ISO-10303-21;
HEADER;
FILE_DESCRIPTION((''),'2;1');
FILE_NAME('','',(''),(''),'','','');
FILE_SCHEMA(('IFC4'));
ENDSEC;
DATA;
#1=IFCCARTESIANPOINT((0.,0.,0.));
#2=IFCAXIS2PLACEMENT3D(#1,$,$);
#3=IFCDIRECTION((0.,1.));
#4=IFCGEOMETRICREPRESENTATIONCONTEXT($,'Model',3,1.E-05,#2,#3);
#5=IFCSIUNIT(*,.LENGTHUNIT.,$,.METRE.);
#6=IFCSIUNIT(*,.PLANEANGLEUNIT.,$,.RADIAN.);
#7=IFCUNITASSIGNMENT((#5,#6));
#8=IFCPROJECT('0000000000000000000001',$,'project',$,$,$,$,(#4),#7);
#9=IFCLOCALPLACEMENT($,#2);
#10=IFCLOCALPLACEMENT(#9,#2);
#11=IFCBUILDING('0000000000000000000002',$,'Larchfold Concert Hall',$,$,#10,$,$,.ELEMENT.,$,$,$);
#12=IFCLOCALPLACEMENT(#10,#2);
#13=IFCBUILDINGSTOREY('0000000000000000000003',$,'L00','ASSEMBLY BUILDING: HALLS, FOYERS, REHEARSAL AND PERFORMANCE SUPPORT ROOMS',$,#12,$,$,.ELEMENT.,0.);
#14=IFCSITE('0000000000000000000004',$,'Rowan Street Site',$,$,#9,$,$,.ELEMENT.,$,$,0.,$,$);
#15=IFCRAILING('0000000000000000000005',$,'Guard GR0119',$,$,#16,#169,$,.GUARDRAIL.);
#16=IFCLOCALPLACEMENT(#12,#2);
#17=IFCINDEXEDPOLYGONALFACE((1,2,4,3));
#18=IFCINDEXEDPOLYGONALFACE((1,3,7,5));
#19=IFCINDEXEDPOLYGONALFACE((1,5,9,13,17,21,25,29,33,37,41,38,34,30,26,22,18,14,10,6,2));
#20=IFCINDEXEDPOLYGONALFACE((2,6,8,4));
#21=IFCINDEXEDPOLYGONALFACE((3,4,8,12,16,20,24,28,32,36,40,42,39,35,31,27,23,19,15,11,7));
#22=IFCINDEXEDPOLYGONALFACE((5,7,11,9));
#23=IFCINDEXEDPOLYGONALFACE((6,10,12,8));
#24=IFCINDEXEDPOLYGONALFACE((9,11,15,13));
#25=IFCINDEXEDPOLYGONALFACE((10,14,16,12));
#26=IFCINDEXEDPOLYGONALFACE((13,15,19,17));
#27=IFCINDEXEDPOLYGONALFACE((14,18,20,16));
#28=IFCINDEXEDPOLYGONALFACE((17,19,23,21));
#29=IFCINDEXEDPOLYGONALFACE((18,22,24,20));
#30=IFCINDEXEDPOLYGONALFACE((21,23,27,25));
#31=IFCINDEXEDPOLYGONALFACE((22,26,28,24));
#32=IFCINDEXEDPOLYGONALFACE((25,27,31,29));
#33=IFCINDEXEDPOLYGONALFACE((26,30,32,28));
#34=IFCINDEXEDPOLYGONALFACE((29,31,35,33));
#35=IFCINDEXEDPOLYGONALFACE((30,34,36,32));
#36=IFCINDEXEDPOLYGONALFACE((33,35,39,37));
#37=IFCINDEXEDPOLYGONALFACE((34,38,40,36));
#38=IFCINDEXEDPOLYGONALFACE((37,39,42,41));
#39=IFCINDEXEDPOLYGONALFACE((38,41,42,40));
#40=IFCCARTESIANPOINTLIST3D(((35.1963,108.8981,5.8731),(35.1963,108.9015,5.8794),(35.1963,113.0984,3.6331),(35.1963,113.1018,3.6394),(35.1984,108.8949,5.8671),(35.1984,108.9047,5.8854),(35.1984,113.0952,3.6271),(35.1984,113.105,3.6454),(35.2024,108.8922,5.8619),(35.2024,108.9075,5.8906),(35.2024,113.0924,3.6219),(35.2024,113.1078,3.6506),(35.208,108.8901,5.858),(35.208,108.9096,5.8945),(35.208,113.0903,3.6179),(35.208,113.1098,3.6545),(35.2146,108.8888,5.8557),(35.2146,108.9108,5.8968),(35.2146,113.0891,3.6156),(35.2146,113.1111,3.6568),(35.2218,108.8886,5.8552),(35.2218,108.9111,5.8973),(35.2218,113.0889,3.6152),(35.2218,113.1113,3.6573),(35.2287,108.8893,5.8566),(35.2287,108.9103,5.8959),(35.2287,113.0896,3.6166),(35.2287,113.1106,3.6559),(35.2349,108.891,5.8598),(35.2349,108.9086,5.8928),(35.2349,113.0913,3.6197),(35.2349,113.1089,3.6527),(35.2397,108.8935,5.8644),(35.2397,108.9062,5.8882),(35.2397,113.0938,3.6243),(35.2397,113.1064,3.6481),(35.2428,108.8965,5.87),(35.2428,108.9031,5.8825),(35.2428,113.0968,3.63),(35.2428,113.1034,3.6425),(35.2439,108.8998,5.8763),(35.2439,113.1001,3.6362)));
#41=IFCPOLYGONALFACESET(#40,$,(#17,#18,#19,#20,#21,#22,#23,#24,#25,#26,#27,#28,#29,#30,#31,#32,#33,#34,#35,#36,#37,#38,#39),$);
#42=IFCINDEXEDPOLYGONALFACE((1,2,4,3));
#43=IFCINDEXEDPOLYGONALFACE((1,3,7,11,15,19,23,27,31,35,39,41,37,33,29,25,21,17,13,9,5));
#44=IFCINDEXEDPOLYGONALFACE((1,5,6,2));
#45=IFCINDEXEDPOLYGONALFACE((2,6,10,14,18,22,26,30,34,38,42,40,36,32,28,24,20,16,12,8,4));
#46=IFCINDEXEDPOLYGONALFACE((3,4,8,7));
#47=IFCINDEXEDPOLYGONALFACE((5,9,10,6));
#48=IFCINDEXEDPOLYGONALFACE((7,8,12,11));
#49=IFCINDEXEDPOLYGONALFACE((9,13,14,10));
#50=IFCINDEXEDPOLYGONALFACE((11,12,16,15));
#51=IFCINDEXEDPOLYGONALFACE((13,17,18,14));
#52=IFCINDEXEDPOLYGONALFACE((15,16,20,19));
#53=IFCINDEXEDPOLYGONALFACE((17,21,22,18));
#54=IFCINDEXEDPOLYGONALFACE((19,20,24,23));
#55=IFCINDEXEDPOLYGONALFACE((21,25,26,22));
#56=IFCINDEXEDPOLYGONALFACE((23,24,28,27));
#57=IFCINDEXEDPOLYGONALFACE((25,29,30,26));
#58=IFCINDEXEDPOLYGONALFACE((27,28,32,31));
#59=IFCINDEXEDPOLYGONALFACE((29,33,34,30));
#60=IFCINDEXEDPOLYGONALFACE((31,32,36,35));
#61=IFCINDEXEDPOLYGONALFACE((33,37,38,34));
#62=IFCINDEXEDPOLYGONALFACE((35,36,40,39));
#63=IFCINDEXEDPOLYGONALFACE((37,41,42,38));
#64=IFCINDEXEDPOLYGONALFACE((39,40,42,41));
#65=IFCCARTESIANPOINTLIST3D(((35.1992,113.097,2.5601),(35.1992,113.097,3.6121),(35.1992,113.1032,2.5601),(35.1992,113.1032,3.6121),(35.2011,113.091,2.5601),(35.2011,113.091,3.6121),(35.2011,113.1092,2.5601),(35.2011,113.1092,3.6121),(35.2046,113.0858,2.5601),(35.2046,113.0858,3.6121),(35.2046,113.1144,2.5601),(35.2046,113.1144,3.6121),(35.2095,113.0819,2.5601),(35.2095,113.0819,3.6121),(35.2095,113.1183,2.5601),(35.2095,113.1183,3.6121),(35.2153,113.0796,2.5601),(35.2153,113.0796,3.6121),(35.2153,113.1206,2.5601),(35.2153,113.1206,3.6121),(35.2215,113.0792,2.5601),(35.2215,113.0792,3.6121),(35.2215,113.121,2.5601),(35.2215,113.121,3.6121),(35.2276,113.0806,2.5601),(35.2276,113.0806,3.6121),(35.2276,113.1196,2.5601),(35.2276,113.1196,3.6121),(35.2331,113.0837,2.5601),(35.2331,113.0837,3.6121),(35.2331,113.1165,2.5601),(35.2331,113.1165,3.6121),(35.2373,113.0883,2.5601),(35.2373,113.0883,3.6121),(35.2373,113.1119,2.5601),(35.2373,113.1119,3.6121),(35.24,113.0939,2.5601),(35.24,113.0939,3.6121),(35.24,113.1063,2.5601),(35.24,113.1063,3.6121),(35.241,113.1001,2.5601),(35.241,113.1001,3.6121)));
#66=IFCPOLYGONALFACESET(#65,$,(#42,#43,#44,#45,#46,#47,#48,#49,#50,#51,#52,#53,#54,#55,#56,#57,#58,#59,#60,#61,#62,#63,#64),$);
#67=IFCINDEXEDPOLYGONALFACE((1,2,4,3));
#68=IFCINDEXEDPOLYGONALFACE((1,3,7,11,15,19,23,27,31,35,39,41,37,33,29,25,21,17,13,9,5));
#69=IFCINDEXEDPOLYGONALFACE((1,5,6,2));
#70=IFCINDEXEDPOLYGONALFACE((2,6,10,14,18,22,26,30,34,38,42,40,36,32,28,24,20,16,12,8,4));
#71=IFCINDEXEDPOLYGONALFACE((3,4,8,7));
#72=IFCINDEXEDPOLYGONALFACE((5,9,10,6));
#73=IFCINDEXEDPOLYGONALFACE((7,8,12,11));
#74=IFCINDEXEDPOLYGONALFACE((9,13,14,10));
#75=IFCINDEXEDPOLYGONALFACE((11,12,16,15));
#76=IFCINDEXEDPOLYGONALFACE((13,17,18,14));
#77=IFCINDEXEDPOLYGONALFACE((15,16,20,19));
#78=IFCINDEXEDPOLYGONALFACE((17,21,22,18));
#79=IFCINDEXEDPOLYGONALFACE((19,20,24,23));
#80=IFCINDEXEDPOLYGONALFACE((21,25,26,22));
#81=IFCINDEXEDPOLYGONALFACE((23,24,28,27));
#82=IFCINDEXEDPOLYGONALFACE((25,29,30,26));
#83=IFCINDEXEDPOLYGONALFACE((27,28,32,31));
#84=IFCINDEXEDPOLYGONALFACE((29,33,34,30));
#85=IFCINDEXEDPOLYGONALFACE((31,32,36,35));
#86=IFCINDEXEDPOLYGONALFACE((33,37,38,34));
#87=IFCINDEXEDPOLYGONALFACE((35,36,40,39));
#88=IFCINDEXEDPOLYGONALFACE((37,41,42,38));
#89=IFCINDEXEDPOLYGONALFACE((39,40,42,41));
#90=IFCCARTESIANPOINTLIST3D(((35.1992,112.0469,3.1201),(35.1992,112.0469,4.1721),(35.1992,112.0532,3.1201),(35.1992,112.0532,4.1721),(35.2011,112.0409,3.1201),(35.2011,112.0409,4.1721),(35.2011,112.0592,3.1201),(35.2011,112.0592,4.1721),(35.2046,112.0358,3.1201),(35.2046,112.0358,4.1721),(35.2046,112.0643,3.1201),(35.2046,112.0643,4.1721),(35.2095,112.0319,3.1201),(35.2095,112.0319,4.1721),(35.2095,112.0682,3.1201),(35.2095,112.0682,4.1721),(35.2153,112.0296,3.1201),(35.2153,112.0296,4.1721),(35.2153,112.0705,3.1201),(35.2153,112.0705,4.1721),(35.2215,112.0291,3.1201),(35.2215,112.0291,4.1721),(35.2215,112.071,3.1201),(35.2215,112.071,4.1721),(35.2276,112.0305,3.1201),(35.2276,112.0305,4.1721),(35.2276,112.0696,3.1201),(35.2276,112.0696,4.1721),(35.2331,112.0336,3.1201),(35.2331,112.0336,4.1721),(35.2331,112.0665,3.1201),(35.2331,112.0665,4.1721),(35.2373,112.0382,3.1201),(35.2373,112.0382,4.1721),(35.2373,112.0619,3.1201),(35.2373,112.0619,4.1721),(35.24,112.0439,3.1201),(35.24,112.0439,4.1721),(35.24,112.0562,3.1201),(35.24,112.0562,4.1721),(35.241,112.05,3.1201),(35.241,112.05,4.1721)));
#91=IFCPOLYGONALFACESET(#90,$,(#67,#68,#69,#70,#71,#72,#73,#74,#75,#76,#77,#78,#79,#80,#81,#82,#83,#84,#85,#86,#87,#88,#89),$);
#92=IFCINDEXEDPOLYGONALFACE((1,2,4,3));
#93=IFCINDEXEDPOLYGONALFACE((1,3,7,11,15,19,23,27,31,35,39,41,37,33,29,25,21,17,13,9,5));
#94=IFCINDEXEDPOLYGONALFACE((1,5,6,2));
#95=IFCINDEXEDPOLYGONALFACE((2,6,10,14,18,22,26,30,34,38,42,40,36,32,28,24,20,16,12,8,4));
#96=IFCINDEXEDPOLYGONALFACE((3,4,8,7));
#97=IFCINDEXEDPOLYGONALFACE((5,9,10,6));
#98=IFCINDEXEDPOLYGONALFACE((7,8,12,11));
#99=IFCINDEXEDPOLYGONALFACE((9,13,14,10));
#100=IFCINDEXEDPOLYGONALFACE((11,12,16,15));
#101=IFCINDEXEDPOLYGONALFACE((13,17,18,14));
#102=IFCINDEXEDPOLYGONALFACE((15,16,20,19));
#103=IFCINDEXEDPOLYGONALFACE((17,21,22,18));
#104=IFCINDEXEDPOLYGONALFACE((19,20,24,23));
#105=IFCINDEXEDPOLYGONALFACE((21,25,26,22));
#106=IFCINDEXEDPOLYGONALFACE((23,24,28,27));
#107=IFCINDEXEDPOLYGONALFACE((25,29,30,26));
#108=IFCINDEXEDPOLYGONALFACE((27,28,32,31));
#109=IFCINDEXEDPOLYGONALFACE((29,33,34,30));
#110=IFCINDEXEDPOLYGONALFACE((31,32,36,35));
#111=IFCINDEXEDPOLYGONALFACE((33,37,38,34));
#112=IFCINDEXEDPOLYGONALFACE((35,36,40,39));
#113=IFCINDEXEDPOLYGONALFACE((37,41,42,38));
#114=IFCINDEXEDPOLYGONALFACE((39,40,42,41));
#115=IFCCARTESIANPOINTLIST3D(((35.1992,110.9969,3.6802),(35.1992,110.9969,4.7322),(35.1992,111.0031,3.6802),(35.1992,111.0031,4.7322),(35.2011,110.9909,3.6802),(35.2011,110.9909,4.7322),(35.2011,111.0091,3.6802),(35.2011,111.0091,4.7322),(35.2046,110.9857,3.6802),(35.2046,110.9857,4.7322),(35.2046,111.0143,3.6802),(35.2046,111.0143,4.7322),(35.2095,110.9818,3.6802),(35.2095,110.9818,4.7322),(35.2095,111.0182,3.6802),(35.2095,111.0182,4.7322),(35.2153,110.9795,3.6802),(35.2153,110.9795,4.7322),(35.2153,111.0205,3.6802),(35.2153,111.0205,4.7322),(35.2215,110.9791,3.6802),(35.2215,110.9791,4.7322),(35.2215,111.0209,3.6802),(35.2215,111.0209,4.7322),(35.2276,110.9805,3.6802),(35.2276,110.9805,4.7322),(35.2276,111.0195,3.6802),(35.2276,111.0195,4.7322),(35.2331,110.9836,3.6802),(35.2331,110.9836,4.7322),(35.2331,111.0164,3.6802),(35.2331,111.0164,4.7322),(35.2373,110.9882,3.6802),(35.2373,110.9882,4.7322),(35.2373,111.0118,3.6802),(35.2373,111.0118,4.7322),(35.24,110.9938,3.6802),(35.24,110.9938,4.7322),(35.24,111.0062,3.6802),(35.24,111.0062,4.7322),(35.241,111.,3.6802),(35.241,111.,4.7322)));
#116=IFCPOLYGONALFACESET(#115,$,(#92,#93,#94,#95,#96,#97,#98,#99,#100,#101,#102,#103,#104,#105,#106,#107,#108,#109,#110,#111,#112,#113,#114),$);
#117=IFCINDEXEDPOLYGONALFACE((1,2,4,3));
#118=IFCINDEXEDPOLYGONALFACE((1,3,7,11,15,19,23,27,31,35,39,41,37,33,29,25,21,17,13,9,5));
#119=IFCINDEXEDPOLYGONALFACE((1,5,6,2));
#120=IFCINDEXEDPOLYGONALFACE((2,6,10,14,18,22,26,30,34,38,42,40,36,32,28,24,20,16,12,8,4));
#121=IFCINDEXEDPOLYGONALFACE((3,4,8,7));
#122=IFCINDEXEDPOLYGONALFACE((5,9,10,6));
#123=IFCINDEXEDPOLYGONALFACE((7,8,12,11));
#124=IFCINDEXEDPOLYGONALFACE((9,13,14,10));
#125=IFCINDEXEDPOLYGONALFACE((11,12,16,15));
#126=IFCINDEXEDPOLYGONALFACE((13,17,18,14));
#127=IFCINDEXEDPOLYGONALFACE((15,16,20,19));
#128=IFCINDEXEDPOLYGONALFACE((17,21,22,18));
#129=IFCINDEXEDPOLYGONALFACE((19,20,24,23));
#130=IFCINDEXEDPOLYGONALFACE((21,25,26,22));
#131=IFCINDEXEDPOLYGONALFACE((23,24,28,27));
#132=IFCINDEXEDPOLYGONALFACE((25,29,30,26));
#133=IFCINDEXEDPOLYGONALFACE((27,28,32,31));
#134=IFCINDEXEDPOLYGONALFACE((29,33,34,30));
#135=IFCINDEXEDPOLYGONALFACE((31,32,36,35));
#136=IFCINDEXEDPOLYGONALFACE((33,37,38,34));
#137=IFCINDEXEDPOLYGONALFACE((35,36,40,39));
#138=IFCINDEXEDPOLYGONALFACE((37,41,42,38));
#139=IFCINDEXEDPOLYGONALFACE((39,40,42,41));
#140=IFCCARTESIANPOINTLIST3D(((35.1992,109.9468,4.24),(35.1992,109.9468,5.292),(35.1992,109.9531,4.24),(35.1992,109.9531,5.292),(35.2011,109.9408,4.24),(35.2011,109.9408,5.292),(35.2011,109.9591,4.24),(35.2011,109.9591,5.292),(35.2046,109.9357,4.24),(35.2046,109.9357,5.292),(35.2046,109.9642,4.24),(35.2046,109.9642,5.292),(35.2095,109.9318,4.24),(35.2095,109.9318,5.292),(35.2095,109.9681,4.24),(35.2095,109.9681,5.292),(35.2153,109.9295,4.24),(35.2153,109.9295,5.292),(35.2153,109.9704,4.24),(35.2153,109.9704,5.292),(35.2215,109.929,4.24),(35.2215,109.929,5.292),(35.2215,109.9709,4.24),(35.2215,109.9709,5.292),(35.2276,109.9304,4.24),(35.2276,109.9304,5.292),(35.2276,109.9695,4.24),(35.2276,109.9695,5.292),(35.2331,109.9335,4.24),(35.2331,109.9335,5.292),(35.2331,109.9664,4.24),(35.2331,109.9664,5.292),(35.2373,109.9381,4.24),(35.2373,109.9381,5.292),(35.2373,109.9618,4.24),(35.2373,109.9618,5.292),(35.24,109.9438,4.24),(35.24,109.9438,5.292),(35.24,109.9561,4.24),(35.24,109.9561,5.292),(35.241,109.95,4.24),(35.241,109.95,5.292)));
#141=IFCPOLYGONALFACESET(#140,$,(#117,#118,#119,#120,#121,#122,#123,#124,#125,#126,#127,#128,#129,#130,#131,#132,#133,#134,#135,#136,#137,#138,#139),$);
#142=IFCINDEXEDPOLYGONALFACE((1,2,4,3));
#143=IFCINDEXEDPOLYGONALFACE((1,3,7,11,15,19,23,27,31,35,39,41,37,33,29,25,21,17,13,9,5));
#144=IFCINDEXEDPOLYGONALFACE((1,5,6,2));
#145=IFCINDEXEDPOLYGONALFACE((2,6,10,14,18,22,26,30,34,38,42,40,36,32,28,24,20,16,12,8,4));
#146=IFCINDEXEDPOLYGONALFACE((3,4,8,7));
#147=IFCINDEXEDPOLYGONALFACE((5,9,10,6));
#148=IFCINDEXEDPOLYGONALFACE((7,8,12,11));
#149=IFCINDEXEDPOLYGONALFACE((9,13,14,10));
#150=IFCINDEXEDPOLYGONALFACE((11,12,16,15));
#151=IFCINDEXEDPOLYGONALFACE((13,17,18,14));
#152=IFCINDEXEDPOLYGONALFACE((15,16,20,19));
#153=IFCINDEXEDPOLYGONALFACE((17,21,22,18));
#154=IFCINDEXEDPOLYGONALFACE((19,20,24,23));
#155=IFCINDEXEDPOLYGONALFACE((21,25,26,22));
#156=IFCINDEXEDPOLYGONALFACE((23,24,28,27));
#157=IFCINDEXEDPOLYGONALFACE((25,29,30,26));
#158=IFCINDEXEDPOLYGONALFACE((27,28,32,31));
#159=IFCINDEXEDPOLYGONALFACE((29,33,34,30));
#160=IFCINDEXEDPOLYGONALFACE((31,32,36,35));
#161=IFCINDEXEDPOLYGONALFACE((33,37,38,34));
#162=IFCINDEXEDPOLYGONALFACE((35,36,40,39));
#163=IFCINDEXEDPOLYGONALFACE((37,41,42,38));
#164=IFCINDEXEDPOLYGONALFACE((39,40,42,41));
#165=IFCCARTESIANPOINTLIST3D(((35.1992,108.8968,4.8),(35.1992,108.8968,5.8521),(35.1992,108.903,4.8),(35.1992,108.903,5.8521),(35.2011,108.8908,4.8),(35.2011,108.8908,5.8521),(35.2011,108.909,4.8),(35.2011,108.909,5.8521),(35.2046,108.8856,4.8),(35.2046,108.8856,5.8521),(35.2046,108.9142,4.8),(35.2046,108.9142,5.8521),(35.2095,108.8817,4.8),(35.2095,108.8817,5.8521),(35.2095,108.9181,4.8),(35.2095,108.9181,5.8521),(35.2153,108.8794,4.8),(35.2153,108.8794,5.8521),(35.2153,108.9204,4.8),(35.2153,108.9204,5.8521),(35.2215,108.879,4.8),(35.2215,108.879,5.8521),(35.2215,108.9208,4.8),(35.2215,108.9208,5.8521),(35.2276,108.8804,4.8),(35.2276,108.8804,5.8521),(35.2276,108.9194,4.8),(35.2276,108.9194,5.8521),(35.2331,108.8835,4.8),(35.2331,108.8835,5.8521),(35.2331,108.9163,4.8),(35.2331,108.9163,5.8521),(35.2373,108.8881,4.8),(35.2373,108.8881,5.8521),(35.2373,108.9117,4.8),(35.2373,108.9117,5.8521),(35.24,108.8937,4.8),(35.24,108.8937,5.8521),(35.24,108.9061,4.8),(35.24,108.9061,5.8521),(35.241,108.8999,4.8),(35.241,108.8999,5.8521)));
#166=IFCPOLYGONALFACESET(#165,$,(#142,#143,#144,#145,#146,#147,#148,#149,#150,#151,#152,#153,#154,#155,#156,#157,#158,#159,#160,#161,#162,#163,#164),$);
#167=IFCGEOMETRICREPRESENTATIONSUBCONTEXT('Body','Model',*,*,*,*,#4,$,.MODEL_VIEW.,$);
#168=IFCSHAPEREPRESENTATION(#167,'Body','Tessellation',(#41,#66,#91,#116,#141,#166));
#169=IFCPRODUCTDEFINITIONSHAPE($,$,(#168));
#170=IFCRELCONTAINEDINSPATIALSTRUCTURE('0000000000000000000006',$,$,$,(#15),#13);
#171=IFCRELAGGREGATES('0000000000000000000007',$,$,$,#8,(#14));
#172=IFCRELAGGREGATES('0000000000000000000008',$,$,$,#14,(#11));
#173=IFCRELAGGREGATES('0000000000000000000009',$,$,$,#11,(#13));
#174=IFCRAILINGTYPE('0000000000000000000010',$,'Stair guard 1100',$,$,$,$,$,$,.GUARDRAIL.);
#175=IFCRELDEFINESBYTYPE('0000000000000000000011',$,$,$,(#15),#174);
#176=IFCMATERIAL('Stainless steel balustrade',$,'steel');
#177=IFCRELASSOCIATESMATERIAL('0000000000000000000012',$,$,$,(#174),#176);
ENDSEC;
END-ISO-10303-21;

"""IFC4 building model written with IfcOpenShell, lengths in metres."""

from ifc_helpers import new_model, si_unit, direction, frame, origin, origin_2d, place, context, subcontext, project, spatial, circle, extrude, material, type_object, element, save


model = new_model("IFC4")

# Units and contexts
model_context = context("Model", 3, precision=1e-05, world=origin(), true_north=direction((0.0, 1.0)))
body_context = subcontext(model_context, "Body", "Model", "MODEL_VIEW")
ifc_project = project(units=[si_unit("LENGTHUNIT", "METRE"), si_unit("PLANEANGLEUNIT", "RADIAN")], contexts=[model_context])

# Site, building, storey
site_placement = place(None, origin())
site = spatial("IfcSite", under=ifc_project, at=site_placement, Name="Rowan Street Site", CompositionType="ELEMENT", RefElevation=0.0)
building_placement = place(site_placement, origin())
building = spatial("IfcBuilding", under=site, at=building_placement, Name="Larchfold Concert Hall", CompositionType="ELEMENT")
storey_placement = place(building_placement, origin())
storey = spatial("IfcBuildingStorey", under=building, at=storey_placement, Name="L00", Description="ASSEMBLY BUILDING: HALLS, FOYERS, REHEARSAL AND PERFORMANCE SUPPORT ROOMS", CompositionType="ELEMENT", Elevation=0.0)

# Railing
ifc_material_1 = material(Name="Stainless steel balustrade", Category="steel")
railing_type_1 = type_object("IfcRailingType", Name="Stair guard 1100", PredefinedType="GUARDRAIL", material=ifc_material_1)
for number, where, name in (
    (1, (35.22, 113.1001, 2.5601), "Guard GR0119"),
):
    element("IfcRailing", number, at=place(storey_placement, frame(where)), inside=storey, type_object=railing_type_1, Name=name, PredefinedType="GUARDRAIL", context=body_context, shape_type="SweptSolid", body=[
        extrude(circle(Radius=0.0239, at=origin_2d()), frame((0.0, 0.0, 1.0762), z_axis=(0.0, -0.882363, 0.47057), x_axis=(1.0, 0.0, 0.0)), (0.0, 0.0, 1.0), 4.7603),
        extrude(circle(Radius=0.021, at=origin_2d()), origin(), (0.0, 0.0, 1.0), 1.052),
        extrude(circle(Radius=0.021, at=origin_2d()), frame((0.0, -1.05, 0.5601)), (0.0, 0.0, 1.0), 1.052),
        extrude(circle(Radius=0.021, at=origin_2d()), frame((0.0, -2.1001, 1.1201)), (0.0, 0.0, 1.0), 1.052),
        extrude(circle(Radius=0.021, at=origin_2d()), frame((0.0, -3.1501, 1.6799)), (0.0, 0.0, 1.0), 1.052),
        extrude(circle(Radius=0.021, at=origin_2d()), frame((0.0, -4.2002, 2.24)), (0.0, 0.0, 1.0), 1.052),
    ])

save(model, "model.ifc")
